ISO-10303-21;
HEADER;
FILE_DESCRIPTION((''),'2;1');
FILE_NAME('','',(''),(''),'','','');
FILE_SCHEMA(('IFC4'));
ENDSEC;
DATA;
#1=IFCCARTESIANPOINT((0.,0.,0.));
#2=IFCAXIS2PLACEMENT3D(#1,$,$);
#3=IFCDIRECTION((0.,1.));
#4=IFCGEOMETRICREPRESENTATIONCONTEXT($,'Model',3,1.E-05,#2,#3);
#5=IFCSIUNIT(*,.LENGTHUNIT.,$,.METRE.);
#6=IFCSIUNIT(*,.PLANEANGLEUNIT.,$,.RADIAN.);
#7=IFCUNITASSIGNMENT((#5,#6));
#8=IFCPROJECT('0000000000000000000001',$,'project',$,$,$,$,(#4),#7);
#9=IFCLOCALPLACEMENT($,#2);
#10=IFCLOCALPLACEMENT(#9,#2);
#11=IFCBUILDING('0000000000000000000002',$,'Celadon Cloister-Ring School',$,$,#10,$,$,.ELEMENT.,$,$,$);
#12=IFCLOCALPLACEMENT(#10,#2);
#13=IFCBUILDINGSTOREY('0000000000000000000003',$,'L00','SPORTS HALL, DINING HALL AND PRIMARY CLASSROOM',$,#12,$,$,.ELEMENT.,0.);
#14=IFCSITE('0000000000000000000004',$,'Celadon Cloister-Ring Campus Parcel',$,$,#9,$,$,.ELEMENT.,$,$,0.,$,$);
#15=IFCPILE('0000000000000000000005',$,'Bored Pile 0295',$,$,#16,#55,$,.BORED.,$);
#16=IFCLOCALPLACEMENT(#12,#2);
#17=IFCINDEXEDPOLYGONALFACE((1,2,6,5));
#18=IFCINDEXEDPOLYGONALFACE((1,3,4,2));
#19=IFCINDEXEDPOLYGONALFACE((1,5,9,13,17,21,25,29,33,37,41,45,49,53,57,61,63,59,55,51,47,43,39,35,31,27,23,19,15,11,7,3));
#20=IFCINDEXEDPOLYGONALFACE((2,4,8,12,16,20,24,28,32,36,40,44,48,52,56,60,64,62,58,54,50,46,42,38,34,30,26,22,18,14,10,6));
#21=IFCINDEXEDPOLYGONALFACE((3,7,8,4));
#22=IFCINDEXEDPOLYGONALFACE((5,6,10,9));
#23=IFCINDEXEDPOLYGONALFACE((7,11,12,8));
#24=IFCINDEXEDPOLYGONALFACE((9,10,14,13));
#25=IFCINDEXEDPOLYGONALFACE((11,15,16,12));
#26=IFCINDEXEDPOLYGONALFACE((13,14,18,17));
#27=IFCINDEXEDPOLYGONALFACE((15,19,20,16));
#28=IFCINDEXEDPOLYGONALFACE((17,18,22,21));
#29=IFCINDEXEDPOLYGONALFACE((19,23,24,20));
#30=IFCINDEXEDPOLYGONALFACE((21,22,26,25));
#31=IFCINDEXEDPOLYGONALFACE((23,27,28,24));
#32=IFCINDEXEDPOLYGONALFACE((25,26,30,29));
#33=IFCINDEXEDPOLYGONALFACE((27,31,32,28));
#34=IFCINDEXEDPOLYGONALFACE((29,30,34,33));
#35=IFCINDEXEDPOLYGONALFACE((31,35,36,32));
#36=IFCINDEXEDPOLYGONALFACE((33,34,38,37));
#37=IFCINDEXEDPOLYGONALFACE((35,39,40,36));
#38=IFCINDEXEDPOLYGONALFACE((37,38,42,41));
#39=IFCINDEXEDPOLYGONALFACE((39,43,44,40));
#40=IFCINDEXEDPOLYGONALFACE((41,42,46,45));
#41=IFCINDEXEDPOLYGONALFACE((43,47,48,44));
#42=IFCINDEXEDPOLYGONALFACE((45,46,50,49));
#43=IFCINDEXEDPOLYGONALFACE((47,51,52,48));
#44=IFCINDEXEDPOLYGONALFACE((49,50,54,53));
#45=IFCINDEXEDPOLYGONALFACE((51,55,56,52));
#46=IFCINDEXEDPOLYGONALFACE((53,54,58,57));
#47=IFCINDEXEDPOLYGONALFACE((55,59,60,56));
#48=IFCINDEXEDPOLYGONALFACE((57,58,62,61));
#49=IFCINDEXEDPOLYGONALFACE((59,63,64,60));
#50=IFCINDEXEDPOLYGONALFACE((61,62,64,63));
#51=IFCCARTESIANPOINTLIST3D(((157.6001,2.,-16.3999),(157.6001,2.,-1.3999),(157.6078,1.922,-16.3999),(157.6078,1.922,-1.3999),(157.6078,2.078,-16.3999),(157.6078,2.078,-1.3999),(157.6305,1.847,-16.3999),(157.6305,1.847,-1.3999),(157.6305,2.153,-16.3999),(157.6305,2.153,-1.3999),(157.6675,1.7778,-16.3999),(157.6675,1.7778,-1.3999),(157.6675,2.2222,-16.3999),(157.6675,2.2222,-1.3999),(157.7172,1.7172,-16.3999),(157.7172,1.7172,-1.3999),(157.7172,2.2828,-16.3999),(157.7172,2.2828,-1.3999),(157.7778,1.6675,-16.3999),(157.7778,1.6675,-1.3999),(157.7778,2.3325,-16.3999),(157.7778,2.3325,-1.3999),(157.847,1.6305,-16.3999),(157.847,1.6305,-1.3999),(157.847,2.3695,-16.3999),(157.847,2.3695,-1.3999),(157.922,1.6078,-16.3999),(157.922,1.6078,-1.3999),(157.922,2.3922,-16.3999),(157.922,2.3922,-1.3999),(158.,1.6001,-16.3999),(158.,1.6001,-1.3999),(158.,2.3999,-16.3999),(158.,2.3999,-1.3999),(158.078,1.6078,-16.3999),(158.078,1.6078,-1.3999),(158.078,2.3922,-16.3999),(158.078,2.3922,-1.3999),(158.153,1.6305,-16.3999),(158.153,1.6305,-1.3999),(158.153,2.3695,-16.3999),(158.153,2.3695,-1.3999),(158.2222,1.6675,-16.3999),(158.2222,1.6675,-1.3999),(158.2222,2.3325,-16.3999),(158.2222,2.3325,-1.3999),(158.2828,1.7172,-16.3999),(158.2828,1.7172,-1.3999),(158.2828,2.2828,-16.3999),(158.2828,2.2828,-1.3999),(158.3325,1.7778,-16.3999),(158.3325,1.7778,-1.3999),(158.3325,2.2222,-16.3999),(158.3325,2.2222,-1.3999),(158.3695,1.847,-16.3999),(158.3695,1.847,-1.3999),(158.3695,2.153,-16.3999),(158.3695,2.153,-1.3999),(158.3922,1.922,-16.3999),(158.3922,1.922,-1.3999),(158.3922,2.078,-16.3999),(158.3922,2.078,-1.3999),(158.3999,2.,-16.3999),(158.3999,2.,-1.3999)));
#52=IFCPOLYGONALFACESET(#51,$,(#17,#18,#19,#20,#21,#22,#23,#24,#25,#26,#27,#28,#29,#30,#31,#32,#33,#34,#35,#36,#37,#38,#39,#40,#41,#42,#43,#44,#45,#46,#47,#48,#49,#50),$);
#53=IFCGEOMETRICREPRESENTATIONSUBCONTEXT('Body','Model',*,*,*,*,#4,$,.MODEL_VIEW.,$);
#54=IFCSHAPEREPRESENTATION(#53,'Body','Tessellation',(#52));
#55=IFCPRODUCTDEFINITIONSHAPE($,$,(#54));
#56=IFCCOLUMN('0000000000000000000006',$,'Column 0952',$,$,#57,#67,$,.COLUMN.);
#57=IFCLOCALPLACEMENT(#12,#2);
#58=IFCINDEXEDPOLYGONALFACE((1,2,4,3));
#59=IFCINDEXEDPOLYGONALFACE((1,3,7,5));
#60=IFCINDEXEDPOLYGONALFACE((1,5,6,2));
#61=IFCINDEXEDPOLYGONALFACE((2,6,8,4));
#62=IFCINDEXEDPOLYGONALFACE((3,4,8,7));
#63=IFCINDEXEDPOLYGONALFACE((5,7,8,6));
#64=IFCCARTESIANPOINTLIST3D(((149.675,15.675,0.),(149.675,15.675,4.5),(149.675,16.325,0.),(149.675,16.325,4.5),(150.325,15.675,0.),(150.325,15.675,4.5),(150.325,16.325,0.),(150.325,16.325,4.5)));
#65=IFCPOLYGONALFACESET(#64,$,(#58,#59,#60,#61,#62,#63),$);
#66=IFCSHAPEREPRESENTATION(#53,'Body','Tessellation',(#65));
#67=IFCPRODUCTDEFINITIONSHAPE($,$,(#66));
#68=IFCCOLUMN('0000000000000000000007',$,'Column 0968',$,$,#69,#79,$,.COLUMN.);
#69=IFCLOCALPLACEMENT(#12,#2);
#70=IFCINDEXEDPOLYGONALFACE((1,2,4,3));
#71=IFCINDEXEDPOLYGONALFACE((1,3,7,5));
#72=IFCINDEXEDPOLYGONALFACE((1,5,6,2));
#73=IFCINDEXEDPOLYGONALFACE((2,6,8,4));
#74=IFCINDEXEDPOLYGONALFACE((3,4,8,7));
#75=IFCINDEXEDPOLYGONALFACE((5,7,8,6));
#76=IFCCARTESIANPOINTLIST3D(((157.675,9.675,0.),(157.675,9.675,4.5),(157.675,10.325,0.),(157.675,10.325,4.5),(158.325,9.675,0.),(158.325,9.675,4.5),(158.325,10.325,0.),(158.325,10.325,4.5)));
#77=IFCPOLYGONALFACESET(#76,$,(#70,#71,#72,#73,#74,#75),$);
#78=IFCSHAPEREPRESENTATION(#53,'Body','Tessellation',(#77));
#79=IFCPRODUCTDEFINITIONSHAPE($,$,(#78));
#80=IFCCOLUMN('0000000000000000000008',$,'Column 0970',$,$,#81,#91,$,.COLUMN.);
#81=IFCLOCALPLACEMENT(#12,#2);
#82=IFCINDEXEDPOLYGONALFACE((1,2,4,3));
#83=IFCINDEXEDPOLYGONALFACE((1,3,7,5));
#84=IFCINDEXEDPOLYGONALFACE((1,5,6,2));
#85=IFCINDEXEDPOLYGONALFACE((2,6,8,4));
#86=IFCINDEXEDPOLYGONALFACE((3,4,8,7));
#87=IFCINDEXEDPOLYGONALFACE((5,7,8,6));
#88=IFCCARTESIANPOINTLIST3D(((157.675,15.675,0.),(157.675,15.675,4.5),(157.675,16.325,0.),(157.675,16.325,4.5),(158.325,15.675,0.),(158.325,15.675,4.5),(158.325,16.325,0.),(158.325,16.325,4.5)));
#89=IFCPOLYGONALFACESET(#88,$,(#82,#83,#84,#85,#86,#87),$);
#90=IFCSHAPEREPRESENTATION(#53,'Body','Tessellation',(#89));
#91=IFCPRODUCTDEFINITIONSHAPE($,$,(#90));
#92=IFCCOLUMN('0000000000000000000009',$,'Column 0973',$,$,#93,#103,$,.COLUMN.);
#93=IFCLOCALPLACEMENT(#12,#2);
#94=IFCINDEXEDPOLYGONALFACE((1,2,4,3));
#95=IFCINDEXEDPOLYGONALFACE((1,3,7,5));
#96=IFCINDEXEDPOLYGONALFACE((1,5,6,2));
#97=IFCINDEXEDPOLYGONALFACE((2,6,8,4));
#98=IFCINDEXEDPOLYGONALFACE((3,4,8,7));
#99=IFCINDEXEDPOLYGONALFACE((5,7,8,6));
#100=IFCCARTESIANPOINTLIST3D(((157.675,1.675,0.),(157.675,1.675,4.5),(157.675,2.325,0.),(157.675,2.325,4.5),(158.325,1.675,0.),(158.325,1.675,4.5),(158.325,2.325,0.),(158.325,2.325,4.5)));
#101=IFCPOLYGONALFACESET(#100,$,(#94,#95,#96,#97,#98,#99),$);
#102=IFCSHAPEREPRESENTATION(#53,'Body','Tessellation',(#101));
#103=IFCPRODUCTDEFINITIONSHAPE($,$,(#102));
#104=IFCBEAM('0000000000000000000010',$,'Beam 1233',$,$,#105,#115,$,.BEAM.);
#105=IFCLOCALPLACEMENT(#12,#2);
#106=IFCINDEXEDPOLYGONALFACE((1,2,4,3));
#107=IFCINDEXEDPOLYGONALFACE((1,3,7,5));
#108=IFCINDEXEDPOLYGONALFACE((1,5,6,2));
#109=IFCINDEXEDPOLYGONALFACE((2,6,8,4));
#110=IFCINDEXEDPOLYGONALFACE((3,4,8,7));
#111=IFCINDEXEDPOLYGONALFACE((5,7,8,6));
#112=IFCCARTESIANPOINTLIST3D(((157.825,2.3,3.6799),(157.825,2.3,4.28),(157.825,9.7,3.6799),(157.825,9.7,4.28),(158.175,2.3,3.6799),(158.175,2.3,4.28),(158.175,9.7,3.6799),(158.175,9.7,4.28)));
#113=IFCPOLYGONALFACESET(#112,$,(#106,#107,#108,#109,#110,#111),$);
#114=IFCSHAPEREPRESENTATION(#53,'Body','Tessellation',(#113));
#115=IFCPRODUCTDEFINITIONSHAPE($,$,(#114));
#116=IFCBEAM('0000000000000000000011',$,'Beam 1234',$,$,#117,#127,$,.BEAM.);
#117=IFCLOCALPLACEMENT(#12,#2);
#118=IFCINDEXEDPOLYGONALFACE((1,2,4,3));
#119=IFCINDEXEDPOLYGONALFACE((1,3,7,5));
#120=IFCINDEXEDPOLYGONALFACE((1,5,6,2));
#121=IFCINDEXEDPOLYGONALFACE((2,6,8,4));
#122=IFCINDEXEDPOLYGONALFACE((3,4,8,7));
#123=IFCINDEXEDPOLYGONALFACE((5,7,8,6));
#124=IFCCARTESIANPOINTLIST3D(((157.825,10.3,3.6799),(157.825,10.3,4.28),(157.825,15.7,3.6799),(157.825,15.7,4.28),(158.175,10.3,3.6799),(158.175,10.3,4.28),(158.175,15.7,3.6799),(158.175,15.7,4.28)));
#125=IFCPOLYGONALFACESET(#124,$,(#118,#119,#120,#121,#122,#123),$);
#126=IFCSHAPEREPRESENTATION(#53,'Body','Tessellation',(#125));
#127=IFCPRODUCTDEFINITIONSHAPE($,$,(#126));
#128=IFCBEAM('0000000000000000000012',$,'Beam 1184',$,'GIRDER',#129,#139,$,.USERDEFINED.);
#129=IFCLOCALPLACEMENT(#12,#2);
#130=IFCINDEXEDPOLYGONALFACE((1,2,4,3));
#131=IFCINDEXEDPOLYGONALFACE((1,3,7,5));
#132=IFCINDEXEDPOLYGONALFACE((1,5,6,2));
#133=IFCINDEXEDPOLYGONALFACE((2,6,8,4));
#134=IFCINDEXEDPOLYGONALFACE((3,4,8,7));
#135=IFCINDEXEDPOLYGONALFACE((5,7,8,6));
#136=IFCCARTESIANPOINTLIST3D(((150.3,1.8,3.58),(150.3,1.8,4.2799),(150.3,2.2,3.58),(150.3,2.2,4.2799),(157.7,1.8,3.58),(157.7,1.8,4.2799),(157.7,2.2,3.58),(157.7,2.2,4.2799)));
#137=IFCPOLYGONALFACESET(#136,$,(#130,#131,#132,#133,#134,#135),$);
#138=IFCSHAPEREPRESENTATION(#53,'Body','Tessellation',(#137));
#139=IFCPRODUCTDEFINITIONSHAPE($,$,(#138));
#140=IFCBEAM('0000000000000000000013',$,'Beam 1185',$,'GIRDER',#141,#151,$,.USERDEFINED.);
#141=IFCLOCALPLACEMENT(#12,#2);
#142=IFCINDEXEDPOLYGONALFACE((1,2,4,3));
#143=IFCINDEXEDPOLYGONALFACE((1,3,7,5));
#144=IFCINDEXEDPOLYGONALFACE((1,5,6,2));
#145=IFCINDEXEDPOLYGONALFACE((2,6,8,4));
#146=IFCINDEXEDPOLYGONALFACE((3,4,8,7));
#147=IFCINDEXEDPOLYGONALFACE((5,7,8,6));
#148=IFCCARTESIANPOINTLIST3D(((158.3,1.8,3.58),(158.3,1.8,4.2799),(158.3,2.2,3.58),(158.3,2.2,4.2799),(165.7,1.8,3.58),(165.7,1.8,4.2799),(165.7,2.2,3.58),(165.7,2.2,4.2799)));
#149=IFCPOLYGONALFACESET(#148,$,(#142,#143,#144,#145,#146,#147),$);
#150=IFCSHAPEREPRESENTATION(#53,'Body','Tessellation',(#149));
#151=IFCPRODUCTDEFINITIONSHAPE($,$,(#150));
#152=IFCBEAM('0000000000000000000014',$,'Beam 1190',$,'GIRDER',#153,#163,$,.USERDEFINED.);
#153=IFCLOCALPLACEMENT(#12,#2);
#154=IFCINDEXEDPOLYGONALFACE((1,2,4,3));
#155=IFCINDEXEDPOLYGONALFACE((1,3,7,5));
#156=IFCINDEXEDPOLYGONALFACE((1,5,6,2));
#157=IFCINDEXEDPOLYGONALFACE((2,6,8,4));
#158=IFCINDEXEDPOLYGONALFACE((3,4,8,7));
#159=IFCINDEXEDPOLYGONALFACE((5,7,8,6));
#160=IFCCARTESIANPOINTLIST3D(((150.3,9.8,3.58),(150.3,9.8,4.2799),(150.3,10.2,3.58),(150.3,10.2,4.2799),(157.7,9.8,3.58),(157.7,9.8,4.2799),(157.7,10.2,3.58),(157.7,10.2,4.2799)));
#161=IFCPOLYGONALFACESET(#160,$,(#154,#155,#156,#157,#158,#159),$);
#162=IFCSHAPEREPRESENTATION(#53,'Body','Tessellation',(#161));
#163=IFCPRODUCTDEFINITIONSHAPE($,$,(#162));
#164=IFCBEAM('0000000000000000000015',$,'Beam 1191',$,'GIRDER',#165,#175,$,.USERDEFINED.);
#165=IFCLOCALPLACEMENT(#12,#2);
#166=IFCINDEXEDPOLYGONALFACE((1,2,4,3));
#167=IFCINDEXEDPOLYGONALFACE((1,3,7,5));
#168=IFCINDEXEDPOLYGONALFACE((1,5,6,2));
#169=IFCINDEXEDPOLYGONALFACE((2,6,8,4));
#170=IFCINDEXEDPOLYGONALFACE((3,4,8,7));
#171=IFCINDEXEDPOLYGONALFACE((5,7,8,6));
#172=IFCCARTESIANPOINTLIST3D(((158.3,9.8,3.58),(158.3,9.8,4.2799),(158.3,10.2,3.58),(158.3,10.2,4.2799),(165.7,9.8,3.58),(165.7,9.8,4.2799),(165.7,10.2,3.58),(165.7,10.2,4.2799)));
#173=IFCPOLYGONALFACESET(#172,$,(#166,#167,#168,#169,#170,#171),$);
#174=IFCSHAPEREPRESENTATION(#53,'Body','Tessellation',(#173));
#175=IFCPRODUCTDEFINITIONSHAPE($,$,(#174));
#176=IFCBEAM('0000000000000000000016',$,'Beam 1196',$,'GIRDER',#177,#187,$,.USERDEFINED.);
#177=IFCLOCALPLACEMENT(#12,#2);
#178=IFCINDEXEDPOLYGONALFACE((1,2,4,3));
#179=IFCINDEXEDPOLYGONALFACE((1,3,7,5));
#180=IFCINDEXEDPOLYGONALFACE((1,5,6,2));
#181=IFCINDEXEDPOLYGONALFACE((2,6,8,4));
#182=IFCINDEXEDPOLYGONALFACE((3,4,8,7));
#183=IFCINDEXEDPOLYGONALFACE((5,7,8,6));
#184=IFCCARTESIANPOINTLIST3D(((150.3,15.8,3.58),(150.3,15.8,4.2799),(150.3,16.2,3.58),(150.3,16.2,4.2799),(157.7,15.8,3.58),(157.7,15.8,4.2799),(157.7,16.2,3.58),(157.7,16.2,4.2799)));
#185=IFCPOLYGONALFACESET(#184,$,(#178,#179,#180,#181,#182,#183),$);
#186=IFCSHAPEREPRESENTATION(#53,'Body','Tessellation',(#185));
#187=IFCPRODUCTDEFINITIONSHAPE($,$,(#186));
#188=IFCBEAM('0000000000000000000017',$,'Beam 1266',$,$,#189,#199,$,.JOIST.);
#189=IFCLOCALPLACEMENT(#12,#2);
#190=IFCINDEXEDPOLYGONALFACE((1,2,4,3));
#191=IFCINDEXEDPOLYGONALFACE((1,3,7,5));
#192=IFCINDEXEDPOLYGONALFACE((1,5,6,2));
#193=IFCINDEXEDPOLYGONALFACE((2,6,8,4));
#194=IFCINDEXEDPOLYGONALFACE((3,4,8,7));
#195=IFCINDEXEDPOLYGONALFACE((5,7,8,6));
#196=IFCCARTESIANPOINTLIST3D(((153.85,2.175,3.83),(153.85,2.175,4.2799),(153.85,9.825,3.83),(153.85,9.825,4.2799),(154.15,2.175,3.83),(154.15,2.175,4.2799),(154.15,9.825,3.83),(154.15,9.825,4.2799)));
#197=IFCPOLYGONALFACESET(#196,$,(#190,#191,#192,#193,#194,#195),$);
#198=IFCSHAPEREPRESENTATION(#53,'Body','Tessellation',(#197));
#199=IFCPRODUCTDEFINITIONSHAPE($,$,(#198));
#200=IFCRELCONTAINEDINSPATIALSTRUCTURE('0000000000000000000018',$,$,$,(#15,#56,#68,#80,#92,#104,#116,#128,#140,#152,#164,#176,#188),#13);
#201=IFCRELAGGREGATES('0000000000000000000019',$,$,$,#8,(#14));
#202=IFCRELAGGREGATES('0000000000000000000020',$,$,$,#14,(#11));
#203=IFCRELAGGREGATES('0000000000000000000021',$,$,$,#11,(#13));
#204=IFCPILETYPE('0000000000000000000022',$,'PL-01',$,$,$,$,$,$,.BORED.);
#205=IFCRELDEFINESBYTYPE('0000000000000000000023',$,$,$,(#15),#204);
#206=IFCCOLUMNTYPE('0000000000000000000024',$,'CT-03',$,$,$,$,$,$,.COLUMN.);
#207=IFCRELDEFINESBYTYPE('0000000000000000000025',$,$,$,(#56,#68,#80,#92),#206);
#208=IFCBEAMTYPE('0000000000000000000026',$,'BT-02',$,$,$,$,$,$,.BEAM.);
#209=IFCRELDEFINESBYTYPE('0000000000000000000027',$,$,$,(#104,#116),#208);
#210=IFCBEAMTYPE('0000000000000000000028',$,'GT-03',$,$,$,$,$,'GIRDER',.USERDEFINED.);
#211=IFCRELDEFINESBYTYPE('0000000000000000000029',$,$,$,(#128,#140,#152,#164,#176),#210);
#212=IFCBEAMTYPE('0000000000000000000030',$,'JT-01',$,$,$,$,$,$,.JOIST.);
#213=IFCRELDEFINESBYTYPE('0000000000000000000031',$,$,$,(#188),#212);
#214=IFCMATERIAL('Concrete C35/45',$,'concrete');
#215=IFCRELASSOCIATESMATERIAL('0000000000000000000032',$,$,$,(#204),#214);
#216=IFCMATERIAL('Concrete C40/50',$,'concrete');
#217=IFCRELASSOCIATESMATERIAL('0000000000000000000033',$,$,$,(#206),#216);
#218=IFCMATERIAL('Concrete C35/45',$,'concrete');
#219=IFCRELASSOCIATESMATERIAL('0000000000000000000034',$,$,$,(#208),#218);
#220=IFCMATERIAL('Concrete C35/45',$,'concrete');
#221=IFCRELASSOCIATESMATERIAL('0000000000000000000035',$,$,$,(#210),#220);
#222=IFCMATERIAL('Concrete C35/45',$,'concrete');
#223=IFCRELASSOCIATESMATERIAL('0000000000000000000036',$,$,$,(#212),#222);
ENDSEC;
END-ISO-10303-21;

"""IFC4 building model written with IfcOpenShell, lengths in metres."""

from ifc_helpers import new_model, si_unit, direction, frame, origin, origin_2d, place, context, subcontext, project, spatial, rectangle, circle, extrude, material, material_profile, profile_set, type_object, element, save


model = new_model("IFC4")

# Units and contexts
model_context = context("Model", 3, precision=1e-05, world=origin(), true_north=direction((0.0, 1.0)))
body_context = subcontext(model_context, "Body", "Model", "MODEL_VIEW")
ifc_project = project(units=[si_unit("LENGTHUNIT", "METRE"), si_unit("PLANEANGLEUNIT", "RADIAN")], contexts=[model_context])

# Site, building, storey
site_placement = place(None, origin())
site = spatial("IfcSite", under=ifc_project, at=site_placement, Name="Celadon Cloister-Ring Campus Parcel", CompositionType="ELEMENT", RefElevation=0.0)
building_placement = place(site_placement, origin())
building = spatial("IfcBuilding", under=site, at=building_placement, Name="Celadon Cloister-Ring School", CompositionType="ELEMENT")
storey_placement = place(building_placement, origin())
storey = spatial("IfcBuildingStorey", under=building, at=storey_placement, Name="L00", Description="SPORTS HALL, DINING HALL AND PRIMARY CLASSROOM", CompositionType="ELEMENT", Elevation=0.0)

# Pile
ifc_material_1 = material(Name="Concrete C35/45", Category="concrete")
ifc_material_profile_1 = material_profile(ifc_material_1, circle(Radius=0.3999, at=origin_2d()), Name="PILE800")
ifc_profile_set_1 = profile_set([ifc_material_profile_1], Name="Concrete C35/45")
pile_type = type_object("IfcPileType", Name="PL-01", PredefinedType="BORED", material=ifc_profile_set_1)
for number, where, z_axis, x_axis, name in (
    (1, (158.0, 2.0, -1.3999), (0.0, 0.0, -1.0), (1.0, 0.0, 0.0), "Bored Pile 0295"),
):
    element("IfcPile", number, at=place(storey_placement, frame(where, z_axis=z_axis, x_axis=x_axis)), inside=storey, type_object=pile_type, Name=name, PredefinedType="BORED", context=body_context, shape_type="SweptSolid", body=[
        extrude(circle(Radius=0.3999, at=origin_2d()), origin(), (0.0, 0.0, 1.0), 15.0),
    ])

# Columns
ifc_material_2 = material(Name="Concrete C40/50", Category="concrete")
ifc_material_profile_2 = material_profile(ifc_material_2, rectangle(XDim=0.6499, YDim=0.6499, at=origin_2d()), Name="RC650X650")
ifc_profile_set_2 = profile_set([ifc_material_profile_2], Name="Concrete C40/50")
column_type = type_object("IfcColumnType", Name="CT-03", PredefinedType="COLUMN", material=ifc_profile_set_2)
for number, where, z_axis, x_axis, name in (
    (2, (150.0, 16.0, 0.0), (0.0, 0.0, 1.0), (1.0, 0.0, 0.0), "Column 0952"),
    (3, (158.0, 10.0, 0.0), (0.0, 0.0, 1.0), (1.0, 0.0, 0.0), "Column 0968"),
    (4, (158.0, 16.0, 0.0), (0.0, 0.0, 1.0), (1.0, 0.0, 0.0), "Column 0970"),
    (5, (158.0, 2.0, 0.0), (0.0, 0.0, 1.0), (1.0, 0.0, 0.0), "Column 0973"),
):
    element("IfcColumn", number, at=place(storey_placement, frame(where, z_axis=z_axis, x_axis=x_axis)), inside=storey, type_object=column_type, Name=name, PredefinedType="COLUMN", context=body_context, shape_type="SweptSolid", body=[
        extrude(rectangle(XDim=0.6499, YDim=0.6499, at=origin_2d()), origin(), (0.0, 0.0, 1.0), 4.5),
    ])

# Beams
ifc_material_3 = material(Name="Concrete C35/45", Category="concrete")
ifc_material_profile_3 = material_profile(ifc_material_3, rectangle(XDim=0.3501, YDim=0.6001, at=origin_2d()), Name="RC350X600")
ifc_profile_set_3 = profile_set([ifc_material_profile_3], Name="Concrete C35/45")
beam_type_1 = type_object("IfcBeamType", Name="BT-02", PredefinedType="BEAM", material=ifc_profile_set_3)
beam_1_placement = place(storey_placement, frame((158.0, 2.3, 3.98), z_axis=(0.0, 1.0, 0.0), x_axis=(-1.0, 0.0, 0.0)))
element("IfcBeam", 6, at=beam_1_placement, inside=storey, type_object=beam_type_1, Name="Beam 1233", PredefinedType="BEAM", context=body_context, shape_type="SweptSolid", body=[
    extrude(rectangle(XDim=0.3501, YDim=0.6001, at=origin_2d()), origin(), (0.0, 0.0, 1.0), 7.3999),
])
beam_2_placement = place(storey_placement, frame((158.0, 10.3, 3.98), z_axis=(0.0, 1.0, 0.0), x_axis=(-1.0, 0.0, 0.0)))
element("IfcBeam", 7, at=beam_2_placement, inside=storey, type_object=beam_type_1, Name="Beam 1234", PredefinedType="BEAM", context=body_context, shape_type="SweptSolid", body=[
    extrude(rectangle(XDim=0.3501, YDim=0.6001, at=origin_2d()), origin(), (0.0, 0.0, 1.0), 5.3999),
])
ifc_material_4 = material(Name="Concrete C35/45", Category="concrete")
ifc_material_profile_4 = material_profile(ifc_material_4, rectangle(XDim=0.3999, YDim=0.7, at=origin_2d()), Name="RC400X700")
ifc_profile_set_4 = profile_set([ifc_material_profile_4], Name="Concrete C35/45")
beam_type_2 = type_object("IfcBeamType", Name="GT-03", ElementType="GIRDER", PredefinedType="USERDEFINED", material=ifc_profile_set_4)
for number, where, z_axis, x_axis, name in (
    (8, (150.3, 2.0, 3.9299), (1.0, 0.0, 0.0), (0.0, 1.0, 0.0), "Beam 1184"),
    (9, (158.3, 2.0, 3.9299), (1.0, 0.0, 0.0), (0.0, 1.0, 0.0), "Beam 1185"),
    (10, (150.3, 10.0, 3.9299), (1.0, 0.0, 0.0), (0.0, 1.0, 0.0), "Beam 1190"),
    (11, (158.3, 10.0, 3.9299), (1.0, 0.0, 0.0), (0.0, 1.0, 0.0), "Beam 1191"),
    (12, (150.3, 16.0, 3.9299), (1.0, 0.0, 0.0), (0.0, 1.0, 0.0), "Beam 1196"),
):
    element("IfcBeam", number, at=place(storey_placement, frame(where, z_axis=z_axis, x_axis=x_axis)), inside=storey, type_object=beam_type_2, Name=name, ObjectType="GIRDER", PredefinedType="USERDEFINED", context=body_context, shape_type="SweptSolid", body=[
        extrude(rectangle(XDim=0.3999, YDim=0.7, at=origin_2d()), origin(), (0.0, 0.0, 1.0), 7.3999),
    ])
ifc_material_5 = material(Name="Concrete C35/45", Category="concrete")
ifc_material_profile_5 = material_profile(ifc_material_5, rectangle(XDim=0.3, YDim=0.45, at=origin_2d()), Name="RC300X450")
ifc_profile_set_5 = profile_set([ifc_material_profile_5], Name="Concrete C35/45")
beam_type_3 = type_object("IfcBeamType", Name="JT-01", PredefinedType="JOIST", material=ifc_profile_set_5)
beam_3_placement = place(storey_placement, frame((154.0, 2.175, 4.0549), z_axis=(0.0, 1.0, 0.0), x_axis=(-1.0, 0.0, 0.0)))
element("IfcBeam", 13, at=beam_3_placement, inside=storey, type_object=beam_type_3, Name="Beam 1266", PredefinedType="JOIST", context=body_context, shape_type="SweptSolid", body=[
    extrude(rectangle(XDim=0.3, YDim=0.45, at=origin_2d()), origin(), (0.0, 0.0, 1.0), 7.6499),
])

save(model, "model.ifc")
